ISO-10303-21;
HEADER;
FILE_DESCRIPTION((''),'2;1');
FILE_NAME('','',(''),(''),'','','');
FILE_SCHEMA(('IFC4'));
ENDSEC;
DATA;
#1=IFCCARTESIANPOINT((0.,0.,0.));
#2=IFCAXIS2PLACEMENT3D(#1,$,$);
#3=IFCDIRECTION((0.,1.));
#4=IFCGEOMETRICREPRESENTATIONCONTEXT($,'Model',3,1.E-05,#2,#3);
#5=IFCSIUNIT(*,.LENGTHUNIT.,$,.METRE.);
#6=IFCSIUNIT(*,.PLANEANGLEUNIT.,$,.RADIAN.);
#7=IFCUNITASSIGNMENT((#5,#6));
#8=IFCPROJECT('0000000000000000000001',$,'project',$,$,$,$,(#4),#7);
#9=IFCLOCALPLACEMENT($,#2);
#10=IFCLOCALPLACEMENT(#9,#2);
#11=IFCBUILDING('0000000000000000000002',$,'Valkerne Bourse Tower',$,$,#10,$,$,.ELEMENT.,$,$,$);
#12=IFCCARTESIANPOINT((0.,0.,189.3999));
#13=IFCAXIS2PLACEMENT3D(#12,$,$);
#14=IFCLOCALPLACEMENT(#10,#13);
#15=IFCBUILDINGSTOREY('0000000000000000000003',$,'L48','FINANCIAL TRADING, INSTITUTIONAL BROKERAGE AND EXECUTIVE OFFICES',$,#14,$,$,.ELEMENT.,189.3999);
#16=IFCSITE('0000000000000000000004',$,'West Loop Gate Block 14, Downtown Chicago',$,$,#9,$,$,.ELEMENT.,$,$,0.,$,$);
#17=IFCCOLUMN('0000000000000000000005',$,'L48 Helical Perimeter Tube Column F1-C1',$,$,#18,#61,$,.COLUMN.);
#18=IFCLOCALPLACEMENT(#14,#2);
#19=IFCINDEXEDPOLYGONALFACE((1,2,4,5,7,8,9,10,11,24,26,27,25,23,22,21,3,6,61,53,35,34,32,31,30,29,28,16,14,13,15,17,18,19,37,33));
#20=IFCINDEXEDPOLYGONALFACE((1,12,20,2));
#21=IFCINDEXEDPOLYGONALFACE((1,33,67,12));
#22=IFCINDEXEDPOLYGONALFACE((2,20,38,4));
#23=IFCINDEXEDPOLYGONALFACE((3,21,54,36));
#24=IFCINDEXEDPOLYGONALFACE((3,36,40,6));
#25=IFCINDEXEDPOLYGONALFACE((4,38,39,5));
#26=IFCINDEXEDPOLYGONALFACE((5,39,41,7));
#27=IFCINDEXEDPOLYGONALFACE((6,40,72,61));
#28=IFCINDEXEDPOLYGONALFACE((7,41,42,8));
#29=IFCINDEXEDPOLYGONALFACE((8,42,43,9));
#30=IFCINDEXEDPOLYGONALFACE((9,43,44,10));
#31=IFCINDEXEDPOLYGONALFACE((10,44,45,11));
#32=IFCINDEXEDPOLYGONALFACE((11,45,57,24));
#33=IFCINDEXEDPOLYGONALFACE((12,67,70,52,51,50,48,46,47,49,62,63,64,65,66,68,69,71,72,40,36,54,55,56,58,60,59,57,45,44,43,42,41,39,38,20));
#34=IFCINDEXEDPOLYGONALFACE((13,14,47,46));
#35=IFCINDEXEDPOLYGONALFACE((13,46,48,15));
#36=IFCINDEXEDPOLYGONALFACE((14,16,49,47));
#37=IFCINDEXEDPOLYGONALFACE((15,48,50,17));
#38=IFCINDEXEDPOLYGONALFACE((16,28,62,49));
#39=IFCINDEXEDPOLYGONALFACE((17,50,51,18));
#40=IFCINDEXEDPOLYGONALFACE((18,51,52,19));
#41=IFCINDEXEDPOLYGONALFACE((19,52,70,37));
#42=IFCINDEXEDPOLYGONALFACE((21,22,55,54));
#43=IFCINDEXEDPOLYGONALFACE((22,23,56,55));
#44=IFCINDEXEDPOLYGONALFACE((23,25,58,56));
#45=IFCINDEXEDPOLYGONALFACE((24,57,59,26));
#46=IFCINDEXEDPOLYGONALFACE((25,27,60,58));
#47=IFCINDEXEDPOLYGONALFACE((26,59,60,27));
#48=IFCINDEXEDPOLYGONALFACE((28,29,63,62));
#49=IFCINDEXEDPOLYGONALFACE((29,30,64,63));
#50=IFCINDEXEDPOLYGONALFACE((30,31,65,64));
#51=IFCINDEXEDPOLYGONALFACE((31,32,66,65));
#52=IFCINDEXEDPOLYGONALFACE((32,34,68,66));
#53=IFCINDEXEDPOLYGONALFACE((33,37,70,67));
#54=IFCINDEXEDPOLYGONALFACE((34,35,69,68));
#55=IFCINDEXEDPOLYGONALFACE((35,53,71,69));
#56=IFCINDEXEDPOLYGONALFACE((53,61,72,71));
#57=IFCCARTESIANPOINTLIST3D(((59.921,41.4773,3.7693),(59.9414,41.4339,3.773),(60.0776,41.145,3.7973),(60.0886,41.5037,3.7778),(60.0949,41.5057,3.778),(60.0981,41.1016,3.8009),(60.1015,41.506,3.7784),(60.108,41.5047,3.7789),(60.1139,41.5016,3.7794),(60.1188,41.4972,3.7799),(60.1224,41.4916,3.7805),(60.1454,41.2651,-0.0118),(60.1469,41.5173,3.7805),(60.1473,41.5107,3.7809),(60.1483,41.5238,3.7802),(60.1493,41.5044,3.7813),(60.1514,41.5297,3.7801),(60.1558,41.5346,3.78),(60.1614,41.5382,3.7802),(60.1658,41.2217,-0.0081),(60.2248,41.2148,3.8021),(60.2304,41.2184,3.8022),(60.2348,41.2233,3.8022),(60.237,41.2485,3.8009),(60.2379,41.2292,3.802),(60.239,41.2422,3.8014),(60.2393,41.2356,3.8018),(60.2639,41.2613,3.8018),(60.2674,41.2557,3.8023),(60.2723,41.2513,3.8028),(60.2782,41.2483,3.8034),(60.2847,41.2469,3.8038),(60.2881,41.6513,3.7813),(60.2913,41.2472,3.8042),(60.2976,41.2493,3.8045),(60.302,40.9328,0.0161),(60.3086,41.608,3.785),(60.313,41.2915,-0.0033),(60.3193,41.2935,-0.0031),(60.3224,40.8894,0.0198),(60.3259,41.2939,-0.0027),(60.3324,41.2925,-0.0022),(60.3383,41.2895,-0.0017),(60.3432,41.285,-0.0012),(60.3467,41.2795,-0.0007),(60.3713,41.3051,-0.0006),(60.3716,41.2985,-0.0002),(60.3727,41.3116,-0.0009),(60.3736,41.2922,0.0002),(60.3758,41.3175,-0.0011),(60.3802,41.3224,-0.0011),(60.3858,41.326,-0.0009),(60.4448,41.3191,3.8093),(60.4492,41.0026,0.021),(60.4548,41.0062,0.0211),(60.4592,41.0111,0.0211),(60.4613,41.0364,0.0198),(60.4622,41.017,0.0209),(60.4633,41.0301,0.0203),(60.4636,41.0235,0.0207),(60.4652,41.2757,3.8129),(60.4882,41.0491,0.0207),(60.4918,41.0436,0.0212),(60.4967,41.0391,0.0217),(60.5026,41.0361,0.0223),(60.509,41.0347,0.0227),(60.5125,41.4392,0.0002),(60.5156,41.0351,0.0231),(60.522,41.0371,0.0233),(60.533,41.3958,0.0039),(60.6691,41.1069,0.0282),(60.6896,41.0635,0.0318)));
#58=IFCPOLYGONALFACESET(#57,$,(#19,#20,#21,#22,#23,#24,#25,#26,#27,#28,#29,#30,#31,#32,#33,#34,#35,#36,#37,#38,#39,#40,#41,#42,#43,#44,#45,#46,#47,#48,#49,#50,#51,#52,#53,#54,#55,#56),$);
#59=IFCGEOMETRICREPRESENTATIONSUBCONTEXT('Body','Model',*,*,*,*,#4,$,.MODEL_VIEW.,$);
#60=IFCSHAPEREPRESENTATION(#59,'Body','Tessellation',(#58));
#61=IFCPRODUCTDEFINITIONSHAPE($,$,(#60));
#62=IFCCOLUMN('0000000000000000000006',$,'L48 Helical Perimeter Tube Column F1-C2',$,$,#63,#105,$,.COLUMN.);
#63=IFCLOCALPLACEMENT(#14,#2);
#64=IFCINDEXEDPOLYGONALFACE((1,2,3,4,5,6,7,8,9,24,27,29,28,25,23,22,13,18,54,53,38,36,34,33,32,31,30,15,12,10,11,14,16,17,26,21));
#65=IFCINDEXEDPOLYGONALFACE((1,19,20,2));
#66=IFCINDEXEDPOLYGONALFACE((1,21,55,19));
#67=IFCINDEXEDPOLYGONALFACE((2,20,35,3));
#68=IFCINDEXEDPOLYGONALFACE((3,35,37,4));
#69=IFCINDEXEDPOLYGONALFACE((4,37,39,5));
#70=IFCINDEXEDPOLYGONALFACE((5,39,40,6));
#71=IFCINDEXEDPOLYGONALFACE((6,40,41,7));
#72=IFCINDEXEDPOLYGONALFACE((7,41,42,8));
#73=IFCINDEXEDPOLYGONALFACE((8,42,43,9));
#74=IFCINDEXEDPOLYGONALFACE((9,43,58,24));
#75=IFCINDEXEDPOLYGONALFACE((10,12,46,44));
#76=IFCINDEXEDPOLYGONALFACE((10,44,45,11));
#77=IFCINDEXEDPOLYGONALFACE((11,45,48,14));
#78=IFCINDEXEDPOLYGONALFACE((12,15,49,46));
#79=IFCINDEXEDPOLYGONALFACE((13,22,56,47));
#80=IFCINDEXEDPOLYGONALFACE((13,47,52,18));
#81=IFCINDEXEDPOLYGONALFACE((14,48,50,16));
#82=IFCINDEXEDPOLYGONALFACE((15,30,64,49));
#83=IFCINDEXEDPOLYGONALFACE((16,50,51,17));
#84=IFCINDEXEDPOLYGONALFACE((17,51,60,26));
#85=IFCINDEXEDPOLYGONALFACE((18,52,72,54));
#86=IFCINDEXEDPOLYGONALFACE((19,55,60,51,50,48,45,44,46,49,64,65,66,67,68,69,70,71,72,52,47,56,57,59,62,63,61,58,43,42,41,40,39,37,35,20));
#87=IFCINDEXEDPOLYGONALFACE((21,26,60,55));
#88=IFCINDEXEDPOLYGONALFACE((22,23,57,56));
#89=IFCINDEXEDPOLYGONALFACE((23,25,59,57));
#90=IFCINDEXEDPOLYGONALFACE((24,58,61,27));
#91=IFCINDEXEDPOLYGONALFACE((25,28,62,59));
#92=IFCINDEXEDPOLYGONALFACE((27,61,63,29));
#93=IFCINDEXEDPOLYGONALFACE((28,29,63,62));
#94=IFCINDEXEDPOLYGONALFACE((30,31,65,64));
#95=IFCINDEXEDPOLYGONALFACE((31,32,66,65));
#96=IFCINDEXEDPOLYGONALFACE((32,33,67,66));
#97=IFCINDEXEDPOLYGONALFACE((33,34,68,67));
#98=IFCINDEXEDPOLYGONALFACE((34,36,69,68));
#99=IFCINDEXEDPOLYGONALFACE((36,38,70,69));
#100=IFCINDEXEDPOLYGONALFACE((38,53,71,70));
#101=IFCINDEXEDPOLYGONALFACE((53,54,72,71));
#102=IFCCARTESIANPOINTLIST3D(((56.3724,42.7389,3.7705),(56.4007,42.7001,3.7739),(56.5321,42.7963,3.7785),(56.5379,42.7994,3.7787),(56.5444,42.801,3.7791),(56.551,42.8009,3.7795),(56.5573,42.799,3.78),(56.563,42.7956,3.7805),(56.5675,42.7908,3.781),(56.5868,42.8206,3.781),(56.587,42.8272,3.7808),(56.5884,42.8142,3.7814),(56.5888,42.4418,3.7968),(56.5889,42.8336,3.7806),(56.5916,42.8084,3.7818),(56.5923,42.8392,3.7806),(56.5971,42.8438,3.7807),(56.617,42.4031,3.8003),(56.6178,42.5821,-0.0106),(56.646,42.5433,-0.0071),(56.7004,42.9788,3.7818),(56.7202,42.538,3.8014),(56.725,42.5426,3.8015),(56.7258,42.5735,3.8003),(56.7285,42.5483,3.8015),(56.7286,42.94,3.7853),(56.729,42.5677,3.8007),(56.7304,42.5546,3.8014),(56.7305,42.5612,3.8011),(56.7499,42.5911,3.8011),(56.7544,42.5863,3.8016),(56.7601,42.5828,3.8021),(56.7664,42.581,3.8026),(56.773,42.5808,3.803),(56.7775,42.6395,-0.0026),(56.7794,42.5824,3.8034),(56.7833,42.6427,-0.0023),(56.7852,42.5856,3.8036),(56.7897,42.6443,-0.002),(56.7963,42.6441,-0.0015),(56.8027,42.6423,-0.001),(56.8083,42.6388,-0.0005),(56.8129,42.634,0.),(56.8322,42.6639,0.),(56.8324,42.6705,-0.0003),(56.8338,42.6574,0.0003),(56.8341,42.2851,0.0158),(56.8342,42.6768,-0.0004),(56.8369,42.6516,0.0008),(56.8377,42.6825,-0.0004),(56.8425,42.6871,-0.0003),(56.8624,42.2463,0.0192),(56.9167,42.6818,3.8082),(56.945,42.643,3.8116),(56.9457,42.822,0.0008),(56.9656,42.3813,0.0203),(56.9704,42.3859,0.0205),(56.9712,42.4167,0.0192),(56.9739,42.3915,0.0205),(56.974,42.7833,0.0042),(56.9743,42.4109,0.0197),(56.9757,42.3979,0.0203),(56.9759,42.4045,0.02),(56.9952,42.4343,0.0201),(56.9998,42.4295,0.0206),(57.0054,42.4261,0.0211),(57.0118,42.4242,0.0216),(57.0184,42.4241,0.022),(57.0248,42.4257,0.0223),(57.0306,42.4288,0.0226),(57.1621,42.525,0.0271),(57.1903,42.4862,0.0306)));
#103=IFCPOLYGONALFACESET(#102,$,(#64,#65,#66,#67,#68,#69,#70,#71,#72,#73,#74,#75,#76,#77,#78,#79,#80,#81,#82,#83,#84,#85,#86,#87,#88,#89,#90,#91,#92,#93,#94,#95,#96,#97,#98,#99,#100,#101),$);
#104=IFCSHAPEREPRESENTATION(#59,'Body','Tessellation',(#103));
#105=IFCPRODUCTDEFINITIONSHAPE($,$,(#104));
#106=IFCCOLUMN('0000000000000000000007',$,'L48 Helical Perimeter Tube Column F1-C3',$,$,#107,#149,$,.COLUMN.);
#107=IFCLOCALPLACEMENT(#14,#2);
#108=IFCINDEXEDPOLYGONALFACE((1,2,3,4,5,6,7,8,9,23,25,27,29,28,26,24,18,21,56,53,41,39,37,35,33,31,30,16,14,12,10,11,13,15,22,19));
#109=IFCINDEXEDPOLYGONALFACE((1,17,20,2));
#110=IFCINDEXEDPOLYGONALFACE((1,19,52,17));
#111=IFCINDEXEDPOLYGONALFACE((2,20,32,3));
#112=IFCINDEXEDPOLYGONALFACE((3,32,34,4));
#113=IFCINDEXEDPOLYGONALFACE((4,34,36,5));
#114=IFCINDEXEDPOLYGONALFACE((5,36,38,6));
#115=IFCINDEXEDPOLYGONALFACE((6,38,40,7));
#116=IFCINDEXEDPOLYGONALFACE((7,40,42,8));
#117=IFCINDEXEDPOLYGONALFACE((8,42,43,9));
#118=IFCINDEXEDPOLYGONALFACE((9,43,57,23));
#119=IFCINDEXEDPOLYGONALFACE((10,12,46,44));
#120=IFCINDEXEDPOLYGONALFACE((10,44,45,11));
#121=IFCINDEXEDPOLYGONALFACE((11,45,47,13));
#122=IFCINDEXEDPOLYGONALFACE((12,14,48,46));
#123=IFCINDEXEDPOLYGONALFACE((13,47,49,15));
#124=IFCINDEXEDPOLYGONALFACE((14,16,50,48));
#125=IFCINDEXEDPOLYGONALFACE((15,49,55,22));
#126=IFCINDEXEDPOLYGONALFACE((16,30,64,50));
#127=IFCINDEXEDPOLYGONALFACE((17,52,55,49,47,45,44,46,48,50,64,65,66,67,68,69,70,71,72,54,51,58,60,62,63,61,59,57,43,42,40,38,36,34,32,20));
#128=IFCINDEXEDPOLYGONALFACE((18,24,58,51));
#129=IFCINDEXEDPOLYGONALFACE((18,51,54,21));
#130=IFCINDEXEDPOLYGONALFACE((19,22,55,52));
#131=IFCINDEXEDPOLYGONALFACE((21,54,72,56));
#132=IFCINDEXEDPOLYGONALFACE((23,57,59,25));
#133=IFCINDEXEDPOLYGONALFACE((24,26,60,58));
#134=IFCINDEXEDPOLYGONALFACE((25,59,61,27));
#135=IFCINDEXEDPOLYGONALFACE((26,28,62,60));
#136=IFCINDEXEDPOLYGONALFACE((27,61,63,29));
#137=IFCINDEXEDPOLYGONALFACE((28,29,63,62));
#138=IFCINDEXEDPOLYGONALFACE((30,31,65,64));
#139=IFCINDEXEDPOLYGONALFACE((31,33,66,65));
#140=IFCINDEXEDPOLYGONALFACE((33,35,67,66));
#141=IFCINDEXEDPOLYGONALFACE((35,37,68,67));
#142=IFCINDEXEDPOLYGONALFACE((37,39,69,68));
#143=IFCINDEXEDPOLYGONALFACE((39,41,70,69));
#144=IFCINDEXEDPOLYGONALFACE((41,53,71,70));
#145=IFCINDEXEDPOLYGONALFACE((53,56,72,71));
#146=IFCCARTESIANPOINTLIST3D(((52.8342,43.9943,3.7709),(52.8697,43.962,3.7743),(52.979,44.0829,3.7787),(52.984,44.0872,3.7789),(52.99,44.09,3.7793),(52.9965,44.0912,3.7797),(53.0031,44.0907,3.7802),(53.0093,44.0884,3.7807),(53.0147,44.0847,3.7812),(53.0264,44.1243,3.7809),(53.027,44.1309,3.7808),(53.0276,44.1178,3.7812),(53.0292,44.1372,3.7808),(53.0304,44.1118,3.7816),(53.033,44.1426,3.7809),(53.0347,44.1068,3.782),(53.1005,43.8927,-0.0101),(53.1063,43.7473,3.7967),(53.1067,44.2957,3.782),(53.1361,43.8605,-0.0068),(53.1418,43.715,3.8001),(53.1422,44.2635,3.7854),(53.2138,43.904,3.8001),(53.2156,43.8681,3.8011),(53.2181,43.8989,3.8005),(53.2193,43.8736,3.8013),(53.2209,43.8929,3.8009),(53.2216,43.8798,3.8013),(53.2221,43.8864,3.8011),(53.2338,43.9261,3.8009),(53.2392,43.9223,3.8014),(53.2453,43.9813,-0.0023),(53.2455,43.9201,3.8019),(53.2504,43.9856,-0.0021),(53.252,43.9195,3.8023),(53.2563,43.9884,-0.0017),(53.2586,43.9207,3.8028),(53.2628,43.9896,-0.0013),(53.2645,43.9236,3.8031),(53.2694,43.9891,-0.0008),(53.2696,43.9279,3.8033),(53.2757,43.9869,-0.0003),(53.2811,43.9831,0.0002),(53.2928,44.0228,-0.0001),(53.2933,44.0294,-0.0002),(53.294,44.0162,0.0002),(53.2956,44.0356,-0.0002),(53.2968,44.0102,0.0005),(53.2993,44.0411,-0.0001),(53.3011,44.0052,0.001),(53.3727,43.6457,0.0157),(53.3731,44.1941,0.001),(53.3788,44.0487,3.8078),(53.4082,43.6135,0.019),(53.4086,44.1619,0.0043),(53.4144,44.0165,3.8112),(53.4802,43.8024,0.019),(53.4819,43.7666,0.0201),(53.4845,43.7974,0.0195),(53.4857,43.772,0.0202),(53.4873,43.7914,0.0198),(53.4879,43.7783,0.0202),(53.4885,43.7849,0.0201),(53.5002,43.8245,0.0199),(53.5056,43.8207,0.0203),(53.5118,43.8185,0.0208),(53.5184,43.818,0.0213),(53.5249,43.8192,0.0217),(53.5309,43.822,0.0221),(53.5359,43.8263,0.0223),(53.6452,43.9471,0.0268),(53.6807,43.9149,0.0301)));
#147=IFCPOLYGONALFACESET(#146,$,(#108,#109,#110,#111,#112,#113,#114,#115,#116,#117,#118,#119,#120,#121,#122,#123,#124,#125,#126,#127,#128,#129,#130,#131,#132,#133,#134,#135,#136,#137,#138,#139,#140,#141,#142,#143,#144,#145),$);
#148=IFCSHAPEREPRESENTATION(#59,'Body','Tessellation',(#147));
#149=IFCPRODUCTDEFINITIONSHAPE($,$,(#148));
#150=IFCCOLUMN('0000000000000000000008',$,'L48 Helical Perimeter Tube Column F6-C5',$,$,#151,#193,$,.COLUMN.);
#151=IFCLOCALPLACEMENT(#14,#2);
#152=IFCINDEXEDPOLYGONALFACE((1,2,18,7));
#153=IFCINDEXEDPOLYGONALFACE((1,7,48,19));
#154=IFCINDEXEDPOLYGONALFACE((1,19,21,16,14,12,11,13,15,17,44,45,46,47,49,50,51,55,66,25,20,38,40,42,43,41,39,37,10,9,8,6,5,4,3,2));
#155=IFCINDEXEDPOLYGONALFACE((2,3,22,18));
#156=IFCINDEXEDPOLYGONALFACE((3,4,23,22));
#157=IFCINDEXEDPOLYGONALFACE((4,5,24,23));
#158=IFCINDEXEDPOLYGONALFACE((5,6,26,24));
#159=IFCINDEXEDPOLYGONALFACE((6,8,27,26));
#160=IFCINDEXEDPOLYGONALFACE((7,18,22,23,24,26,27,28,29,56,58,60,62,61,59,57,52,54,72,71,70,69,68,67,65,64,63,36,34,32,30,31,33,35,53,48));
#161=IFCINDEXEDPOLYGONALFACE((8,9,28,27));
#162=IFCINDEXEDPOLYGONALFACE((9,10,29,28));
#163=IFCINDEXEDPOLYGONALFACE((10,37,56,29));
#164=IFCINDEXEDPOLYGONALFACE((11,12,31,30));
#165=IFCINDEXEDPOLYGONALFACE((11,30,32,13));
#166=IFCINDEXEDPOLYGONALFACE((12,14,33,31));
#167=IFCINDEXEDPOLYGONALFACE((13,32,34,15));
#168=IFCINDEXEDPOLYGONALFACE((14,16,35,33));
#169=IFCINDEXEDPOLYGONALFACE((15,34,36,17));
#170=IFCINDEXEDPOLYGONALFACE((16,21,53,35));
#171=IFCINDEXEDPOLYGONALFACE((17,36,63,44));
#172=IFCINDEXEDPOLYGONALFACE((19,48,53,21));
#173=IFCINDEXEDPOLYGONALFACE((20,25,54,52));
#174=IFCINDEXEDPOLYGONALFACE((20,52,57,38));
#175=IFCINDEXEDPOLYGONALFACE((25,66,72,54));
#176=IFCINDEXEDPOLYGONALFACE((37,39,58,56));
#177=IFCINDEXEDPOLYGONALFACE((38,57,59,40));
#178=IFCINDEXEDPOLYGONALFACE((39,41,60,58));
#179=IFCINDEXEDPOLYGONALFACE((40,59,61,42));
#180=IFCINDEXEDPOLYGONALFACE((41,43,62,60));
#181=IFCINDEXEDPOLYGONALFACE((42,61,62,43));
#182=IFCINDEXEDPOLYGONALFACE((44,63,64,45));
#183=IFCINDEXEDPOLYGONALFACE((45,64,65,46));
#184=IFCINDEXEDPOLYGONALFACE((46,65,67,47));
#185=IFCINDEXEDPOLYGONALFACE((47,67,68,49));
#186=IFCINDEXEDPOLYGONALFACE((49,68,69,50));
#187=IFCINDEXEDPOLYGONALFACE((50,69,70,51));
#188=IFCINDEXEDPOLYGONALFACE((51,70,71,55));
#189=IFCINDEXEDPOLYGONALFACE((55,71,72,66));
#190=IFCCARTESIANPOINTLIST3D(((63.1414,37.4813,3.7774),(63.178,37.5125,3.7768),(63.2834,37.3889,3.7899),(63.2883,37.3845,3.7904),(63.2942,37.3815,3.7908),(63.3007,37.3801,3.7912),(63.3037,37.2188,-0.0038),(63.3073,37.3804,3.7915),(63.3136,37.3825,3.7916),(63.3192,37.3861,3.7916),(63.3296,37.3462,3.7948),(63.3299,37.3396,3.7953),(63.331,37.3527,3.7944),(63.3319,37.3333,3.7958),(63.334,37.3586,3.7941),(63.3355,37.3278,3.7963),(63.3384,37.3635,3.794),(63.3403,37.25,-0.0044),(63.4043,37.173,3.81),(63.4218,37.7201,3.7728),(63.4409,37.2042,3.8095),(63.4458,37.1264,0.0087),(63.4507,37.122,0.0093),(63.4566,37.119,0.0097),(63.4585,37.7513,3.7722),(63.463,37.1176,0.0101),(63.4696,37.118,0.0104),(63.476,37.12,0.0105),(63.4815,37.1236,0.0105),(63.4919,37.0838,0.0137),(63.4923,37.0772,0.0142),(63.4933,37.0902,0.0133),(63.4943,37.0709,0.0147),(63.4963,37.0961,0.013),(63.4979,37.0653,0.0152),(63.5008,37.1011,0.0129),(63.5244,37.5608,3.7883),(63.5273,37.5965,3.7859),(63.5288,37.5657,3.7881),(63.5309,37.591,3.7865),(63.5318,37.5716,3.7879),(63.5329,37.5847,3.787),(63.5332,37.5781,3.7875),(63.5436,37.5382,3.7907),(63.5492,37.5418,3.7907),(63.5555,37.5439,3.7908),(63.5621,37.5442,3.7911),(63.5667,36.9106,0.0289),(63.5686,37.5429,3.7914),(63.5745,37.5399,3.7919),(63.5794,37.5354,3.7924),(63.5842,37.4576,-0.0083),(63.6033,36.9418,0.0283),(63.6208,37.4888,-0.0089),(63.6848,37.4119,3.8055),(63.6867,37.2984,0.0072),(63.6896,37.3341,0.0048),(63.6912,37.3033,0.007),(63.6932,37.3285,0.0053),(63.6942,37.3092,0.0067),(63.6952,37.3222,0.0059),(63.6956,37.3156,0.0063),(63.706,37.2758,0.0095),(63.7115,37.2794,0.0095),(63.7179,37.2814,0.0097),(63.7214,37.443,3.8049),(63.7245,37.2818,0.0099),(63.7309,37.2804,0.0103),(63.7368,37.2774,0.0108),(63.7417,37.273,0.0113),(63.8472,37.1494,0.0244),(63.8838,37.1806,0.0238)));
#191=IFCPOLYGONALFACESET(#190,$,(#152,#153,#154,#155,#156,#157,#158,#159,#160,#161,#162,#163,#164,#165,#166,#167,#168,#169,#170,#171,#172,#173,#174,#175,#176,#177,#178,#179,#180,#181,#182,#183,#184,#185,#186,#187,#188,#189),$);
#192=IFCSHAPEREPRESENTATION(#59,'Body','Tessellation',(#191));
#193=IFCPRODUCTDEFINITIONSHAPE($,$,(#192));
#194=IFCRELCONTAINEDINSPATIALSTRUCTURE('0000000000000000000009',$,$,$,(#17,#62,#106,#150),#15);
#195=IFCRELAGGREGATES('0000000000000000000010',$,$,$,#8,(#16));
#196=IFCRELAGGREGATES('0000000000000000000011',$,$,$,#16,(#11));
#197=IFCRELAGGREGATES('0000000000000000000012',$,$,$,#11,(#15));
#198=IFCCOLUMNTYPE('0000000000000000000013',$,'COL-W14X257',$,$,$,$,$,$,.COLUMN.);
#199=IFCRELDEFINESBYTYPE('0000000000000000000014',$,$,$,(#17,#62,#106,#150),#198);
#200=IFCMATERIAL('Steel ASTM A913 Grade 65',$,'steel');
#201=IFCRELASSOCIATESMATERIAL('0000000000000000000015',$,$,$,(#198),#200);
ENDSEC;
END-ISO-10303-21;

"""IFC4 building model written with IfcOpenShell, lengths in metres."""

from ifc_helpers import new_model, si_unit, direction, frame, origin, origin_2d, place, context, subcontext, project, spatial, i_section, extrude, material, material_profile, profile_set, type_object, element, save


model = new_model("IFC4")

# Units and contexts
model_context = context("Model", 3, precision=1e-05, world=origin(), true_north=direction((0.0, 1.0)))
body_context = subcontext(model_context, "Body", "Model", "MODEL_VIEW")
ifc_project = project(units=[si_unit("LENGTHUNIT", "METRE"), si_unit("PLANEANGLEUNIT", "RADIAN")], contexts=[model_context])

# Site, building, storey
site_placement = place(None, origin())
site = spatial("IfcSite", under=ifc_project, at=site_placement, Name="West Loop Gate Block 14, Downtown Chicago", CompositionType="ELEMENT", RefElevation=0.0)
building_placement = place(site_placement, origin())
building = spatial("IfcBuilding", under=site, at=building_placement, Name="Valkerne Bourse Tower", CompositionType="ELEMENT")
storey_placement = place(building_placement, frame((0.0, 0.0, 189.3999)))
storey = spatial("IfcBuildingStorey", under=building, at=storey_placement, Name="L48", Description="FINANCIAL TRADING, INSTITUTIONAL BROKERAGE AND EXECUTIVE OFFICES", CompositionType="ELEMENT", Elevation=189.3999)

# Columns
ifc_material_1 = material(Name="Steel ASTM A913 Grade 65", Category="steel")
ifc_material_profile_1 = material_profile(ifc_material_1, i_section(OverallWidth=0.4065, OverallDepth=0.4165, WebThickness=0.0298, FlangeThickness=0.0481, FilletRadius=0.0254, at=origin_2d()), Name="W14X257")
ifc_profile_set_1 = profile_set([ifc_material_profile_1], Name="Steel ASTM A913 Grade 65")
column_type = type_object("IfcColumnType", Name="COL-W14X257", PredefinedType="COLUMN", material=ifc_profile_set_1)
column_1_placement = place(storey_placement, frame((60.4175, 41.1643, 0.01), z_axis=(-0.059143, 0.055925, 0.996682), x_axis=(0.903193, 0.428215, 0.029568)))
element("IfcColumn", 1, at=column_1_placement, inside=storey, type_object=column_type, Name="L48 Helical Perimeter Tube Column F1-C1", PredefinedType="COLUMN", context=body_context, shape_type="SweptSolid", body=[
    extrude(i_section(OverallWidth=0.4065, OverallDepth=0.4165, WebThickness=0.0298, FlangeThickness=0.0481, FilletRadius=0.0254, at=origin_2d()), origin(), (0.0, 0.0, 1.0), 3.7937),
])
column_2_placement = place(storey_placement, frame((56.9041, 42.5342, 0.01), z_axis=(-0.064702, 0.041332, 0.997048), x_axis=(0.806785, 0.590187, 0.027889)))
element("IfcColumn", 2, at=column_2_placement, inside=storey, type_object=column_type, Name="L48 Helical Perimeter Tube Column F1-C2", PredefinedType="COLUMN", context=body_context, shape_type="SweptSolid", body=[
    extrude(i_section(OverallWidth=0.4065, OverallDepth=0.4165, WebThickness=0.0298, FlangeThickness=0.0481, FilletRadius=0.0254, at=origin_2d()), origin(), (0.0, 0.0, 1.0), 3.7922),
])
column_3_placement = place(storey_placement, frame((53.3906, 43.9038, 0.01), z_axis=(-0.070247, 0.026785, 0.99717), x_axis=(0.670397, 0.7415, 0.027309)))
element("IfcColumn", 3, at=column_3_placement, inside=storey, type_object=column_type, Name="L48 Helical Perimeter Tube Column F1-C3", PredefinedType="COLUMN", context=body_context, shape_type="SweptSolid", body=[
    extrude(i_section(OverallWidth=0.4065, OverallDepth=0.4165, WebThickness=0.0298, FlangeThickness=0.0481, FilletRadius=0.0254, at=origin_2d()), origin(), (0.0, 0.0, 1.0), 3.7917),
])
column_4_placement = place(storey_placement, frame((63.5938, 37.1997, 0.01), z_axis=(-0.042797, 0.069183, 0.996686), x_axis=(0.646943, -0.758287, 0.080414)))
element("IfcColumn", 4, at=column_4_placement, inside=storey, type_object=column_type, Name="L48 Helical Perimeter Tube Column F6-C5", PredefinedType="COLUMN", context=body_context, shape_type="SweptSolid", body=[
    extrude(i_section(OverallWidth=0.4065, OverallDepth=0.4165, WebThickness=0.0298, FlangeThickness=0.0481, FilletRadius=0.0254, at=origin_2d()), origin(), (0.0, 0.0, 1.0), 3.7937),
])

save(model, "model.ifc")
